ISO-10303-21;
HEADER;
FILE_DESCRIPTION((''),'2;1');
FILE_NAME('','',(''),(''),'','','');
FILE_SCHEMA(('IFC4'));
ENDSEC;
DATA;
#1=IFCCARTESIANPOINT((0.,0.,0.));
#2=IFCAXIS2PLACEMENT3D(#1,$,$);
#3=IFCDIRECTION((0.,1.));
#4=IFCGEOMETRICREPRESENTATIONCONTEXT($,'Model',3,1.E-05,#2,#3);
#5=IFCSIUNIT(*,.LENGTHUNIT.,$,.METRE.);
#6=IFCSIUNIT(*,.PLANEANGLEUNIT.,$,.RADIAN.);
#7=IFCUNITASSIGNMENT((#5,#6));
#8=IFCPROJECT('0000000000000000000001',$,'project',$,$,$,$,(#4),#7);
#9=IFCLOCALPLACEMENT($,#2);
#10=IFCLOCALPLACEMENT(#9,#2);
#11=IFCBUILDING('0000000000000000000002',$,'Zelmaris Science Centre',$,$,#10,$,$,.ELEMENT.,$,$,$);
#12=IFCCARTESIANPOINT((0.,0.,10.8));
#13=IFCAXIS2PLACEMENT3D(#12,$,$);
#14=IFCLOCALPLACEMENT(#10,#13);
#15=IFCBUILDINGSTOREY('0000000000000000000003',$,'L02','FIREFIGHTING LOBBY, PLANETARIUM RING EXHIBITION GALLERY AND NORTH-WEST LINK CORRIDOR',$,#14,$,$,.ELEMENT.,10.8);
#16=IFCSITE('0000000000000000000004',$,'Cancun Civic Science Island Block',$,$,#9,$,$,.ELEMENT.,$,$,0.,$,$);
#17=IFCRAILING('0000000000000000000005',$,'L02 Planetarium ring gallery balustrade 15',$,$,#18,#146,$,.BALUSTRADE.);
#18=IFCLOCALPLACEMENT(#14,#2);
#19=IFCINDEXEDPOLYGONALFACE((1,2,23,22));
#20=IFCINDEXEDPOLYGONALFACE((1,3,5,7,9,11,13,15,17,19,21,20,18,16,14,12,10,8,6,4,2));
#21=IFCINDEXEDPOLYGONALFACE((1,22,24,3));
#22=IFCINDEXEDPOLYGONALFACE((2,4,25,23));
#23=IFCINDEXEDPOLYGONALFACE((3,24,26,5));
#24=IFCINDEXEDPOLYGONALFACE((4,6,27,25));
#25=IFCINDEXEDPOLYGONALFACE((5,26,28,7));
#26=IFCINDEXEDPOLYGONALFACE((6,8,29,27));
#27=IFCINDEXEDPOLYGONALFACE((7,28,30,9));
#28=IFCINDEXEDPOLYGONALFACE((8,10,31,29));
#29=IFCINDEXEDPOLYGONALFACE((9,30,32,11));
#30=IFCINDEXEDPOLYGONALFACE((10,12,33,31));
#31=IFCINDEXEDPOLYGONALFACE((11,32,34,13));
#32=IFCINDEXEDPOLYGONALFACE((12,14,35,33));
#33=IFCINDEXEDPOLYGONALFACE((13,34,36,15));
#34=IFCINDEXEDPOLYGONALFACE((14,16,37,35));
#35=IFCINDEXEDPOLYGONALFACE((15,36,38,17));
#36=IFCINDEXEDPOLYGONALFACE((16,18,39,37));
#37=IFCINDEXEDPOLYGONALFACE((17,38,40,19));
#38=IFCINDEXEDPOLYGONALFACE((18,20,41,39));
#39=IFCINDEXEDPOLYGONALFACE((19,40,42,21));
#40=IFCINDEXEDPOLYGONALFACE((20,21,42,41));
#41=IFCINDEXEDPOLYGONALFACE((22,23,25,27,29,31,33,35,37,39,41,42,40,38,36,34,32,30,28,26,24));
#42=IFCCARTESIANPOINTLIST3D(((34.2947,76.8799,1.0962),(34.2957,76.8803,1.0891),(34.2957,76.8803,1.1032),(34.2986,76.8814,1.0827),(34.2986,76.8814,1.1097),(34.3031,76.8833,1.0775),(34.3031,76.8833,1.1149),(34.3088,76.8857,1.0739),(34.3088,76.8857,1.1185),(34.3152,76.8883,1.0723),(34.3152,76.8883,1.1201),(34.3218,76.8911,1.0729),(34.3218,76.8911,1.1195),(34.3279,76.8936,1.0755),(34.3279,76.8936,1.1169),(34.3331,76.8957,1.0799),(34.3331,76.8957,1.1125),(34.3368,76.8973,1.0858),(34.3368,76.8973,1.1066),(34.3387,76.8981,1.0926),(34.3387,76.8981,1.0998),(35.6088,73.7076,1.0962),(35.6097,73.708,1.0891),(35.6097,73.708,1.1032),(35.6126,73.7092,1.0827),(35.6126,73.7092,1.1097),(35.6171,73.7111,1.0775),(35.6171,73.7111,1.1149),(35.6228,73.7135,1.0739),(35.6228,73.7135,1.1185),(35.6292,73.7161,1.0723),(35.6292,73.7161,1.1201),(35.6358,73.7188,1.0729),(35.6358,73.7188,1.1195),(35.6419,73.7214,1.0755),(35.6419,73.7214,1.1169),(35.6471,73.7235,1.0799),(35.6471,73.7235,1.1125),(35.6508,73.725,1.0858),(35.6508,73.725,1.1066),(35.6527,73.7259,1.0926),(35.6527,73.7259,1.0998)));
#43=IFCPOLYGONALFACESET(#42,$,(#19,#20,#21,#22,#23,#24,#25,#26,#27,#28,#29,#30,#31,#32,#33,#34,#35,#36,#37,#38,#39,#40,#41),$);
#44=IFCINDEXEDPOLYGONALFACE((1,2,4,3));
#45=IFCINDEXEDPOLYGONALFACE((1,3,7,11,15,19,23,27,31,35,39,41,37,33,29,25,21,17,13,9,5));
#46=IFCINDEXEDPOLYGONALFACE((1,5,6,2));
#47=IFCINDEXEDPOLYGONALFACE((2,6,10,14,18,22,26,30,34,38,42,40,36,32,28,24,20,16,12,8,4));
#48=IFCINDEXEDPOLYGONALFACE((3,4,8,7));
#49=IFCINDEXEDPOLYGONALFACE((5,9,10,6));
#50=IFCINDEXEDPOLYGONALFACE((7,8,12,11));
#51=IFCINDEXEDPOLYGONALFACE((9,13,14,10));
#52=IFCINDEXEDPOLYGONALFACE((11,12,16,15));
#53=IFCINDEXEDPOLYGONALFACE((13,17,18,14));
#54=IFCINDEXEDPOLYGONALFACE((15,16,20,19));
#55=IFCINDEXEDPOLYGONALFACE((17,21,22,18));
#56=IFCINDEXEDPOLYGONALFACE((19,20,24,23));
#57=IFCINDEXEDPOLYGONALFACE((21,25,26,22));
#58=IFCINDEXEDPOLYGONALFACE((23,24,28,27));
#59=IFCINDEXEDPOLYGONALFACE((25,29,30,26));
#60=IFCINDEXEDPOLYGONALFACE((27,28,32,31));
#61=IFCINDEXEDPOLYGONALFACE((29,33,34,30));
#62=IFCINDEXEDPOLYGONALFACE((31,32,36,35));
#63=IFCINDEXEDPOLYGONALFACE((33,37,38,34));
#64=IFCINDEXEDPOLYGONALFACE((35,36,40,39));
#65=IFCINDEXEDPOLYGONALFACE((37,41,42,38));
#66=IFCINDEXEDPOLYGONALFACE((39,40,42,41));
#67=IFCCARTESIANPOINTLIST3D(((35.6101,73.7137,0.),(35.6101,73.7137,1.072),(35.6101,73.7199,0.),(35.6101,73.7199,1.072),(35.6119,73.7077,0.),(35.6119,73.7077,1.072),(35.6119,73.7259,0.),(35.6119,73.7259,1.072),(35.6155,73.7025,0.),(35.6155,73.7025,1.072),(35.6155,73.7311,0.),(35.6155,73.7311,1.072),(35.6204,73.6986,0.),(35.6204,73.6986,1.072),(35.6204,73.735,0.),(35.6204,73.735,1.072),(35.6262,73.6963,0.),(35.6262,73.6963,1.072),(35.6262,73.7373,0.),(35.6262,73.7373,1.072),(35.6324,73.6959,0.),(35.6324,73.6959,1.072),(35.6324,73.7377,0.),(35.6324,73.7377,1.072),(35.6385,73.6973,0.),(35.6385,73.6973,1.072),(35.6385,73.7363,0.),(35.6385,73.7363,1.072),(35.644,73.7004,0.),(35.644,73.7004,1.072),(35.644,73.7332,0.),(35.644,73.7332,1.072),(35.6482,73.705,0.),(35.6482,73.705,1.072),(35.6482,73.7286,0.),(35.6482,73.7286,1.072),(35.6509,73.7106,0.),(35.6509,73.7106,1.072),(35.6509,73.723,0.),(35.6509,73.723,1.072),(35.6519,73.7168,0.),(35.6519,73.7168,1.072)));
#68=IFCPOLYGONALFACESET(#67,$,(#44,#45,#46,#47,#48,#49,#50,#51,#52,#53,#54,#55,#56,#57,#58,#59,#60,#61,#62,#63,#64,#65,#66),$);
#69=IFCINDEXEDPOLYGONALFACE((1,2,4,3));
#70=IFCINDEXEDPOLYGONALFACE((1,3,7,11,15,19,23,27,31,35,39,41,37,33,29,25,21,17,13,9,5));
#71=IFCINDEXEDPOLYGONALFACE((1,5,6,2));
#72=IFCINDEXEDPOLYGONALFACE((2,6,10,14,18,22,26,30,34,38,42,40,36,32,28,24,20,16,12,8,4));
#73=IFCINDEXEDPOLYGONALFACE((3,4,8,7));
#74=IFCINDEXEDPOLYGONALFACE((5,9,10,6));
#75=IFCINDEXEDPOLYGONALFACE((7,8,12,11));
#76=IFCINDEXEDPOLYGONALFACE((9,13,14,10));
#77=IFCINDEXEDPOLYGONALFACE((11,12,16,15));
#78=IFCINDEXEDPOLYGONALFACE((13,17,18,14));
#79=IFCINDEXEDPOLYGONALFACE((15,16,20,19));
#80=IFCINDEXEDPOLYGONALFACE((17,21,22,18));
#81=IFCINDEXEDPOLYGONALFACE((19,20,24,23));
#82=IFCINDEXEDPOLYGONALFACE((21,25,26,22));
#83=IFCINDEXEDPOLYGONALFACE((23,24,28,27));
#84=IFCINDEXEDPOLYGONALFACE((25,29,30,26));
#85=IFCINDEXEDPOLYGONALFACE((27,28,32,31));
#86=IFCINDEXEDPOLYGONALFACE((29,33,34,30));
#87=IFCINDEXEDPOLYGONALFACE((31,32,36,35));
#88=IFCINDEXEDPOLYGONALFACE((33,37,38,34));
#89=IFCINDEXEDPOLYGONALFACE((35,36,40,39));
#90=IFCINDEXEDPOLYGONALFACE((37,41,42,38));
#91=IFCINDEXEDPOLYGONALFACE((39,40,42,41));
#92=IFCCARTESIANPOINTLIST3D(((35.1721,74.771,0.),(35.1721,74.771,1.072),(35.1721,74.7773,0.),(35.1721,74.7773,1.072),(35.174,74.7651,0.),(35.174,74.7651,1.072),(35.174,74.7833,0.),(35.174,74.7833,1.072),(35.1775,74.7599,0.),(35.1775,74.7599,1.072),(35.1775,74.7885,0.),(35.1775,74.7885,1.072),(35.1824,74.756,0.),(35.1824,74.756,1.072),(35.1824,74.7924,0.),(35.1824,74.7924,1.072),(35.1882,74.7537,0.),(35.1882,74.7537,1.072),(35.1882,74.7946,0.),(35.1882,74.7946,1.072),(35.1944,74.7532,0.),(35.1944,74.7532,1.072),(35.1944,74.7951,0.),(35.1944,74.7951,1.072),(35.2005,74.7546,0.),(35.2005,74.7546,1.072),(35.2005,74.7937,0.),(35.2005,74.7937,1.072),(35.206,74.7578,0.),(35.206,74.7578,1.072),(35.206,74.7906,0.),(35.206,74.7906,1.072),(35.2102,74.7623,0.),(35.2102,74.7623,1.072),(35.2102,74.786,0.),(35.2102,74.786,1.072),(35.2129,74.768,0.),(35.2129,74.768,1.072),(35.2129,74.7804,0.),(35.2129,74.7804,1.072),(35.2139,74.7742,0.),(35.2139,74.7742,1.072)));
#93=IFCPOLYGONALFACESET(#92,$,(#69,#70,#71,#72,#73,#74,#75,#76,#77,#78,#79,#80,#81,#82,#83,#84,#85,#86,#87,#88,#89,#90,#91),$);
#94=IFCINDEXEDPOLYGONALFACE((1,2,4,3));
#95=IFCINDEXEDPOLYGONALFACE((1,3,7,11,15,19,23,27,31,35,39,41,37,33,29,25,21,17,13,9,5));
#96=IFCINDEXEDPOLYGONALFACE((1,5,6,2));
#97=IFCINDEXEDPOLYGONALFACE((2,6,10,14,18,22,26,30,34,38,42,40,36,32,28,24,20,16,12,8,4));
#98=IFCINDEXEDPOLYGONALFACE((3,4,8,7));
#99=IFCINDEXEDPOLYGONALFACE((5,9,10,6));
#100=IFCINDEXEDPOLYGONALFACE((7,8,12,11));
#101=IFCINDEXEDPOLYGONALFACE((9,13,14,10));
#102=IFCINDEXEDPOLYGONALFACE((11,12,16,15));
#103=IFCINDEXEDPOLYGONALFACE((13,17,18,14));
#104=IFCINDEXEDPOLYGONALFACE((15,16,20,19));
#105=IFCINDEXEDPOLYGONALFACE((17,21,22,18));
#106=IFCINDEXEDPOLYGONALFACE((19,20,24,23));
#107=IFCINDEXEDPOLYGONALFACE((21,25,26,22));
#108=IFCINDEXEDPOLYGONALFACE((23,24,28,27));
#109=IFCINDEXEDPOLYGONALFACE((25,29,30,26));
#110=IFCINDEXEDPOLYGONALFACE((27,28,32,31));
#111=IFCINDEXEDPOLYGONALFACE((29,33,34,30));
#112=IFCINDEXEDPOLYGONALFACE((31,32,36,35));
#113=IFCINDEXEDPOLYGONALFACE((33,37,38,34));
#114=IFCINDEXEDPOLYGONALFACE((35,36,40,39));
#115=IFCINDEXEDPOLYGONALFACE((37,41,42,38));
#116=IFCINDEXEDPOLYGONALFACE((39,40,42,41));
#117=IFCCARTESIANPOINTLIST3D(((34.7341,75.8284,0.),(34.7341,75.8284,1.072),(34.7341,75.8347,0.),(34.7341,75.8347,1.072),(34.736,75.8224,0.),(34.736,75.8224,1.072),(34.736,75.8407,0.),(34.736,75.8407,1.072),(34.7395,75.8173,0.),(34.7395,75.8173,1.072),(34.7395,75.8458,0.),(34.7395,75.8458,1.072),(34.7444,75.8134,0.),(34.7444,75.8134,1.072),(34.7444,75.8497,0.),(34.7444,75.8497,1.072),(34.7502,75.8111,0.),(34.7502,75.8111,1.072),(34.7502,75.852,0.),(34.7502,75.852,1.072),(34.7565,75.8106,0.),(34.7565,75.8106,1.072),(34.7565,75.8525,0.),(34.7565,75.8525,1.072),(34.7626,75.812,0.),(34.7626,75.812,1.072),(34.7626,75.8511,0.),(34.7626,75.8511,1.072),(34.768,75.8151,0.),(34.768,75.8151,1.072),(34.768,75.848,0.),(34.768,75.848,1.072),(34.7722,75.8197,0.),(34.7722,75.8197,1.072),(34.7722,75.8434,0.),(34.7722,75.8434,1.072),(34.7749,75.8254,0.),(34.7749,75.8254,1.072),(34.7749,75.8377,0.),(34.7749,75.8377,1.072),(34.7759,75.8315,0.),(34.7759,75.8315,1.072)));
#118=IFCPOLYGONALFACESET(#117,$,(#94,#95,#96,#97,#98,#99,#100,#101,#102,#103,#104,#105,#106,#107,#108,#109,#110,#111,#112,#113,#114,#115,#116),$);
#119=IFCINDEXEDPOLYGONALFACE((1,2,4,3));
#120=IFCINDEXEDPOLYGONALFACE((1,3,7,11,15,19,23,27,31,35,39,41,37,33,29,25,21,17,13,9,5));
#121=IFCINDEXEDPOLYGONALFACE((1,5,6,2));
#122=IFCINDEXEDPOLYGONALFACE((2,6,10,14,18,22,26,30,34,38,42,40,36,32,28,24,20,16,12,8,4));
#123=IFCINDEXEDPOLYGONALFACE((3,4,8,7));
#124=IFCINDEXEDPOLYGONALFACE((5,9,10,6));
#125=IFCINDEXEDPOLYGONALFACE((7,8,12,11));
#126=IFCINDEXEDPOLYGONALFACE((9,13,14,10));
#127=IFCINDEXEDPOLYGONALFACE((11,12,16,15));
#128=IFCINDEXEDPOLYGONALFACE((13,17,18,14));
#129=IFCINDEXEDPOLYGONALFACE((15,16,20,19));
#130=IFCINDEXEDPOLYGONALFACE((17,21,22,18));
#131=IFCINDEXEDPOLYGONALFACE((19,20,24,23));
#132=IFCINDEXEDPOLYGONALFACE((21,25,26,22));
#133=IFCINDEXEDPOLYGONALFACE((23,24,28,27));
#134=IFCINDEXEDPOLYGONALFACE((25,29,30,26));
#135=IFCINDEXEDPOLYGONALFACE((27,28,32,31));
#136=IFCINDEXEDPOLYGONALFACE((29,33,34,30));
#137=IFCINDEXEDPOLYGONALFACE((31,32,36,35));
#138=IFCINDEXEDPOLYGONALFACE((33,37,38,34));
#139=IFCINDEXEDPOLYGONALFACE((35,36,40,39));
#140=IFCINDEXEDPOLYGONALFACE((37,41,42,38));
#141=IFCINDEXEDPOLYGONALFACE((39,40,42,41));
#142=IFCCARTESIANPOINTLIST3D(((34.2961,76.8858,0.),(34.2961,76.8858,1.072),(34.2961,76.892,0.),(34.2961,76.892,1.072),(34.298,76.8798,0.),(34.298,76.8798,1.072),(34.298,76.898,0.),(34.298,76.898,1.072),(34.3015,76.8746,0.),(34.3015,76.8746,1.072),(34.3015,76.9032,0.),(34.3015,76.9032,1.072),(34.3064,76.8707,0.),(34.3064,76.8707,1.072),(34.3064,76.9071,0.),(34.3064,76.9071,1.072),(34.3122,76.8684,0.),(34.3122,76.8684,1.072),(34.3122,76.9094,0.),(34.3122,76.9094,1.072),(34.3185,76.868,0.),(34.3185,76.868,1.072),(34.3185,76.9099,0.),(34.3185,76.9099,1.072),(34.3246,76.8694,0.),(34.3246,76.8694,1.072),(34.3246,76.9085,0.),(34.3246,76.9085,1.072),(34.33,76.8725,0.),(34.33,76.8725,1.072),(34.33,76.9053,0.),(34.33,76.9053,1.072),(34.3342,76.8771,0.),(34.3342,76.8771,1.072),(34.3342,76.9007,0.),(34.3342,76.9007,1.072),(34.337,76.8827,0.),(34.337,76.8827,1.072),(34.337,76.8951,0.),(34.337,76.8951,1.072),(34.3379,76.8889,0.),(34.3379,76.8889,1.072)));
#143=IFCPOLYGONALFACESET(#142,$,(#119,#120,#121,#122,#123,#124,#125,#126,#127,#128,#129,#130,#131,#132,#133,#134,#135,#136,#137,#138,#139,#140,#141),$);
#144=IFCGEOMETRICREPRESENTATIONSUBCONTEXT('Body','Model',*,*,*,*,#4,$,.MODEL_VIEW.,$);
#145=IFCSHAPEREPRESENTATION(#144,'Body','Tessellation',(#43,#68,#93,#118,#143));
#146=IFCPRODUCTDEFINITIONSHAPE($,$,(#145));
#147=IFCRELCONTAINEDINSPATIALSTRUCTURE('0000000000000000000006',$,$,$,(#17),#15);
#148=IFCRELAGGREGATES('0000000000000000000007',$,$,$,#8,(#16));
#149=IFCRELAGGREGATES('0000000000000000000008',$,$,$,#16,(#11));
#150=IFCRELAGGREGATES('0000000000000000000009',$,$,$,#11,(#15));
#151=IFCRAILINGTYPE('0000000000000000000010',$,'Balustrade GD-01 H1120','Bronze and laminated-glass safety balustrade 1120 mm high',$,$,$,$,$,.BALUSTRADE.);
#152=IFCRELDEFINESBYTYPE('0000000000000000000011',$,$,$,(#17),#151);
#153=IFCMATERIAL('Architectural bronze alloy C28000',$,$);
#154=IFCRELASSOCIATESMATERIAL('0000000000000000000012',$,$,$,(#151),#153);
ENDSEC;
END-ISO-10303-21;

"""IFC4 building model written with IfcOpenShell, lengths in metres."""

from ifc_helpers import new_model, si_unit, direction, frame, origin, origin_2d, place, context, subcontext, project, spatial, circle, extrude, material, type_object, element, save


model = new_model("IFC4")

# Units and contexts
model_context = context("Model", 3, precision=1e-05, world=origin(), true_north=direction((0.0, 1.0)))
body_context = subcontext(model_context, "Body", "Model", "MODEL_VIEW")
ifc_project = project(units=[si_unit("LENGTHUNIT", "METRE"), si_unit("PLANEANGLEUNIT", "RADIAN")], contexts=[model_context])

# Site, building, storey
site_placement = place(None, origin())
site = spatial("IfcSite", under=ifc_project, at=site_placement, Name="Cancun Civic Science Island Block", CompositionType="ELEMENT", RefElevation=0.0)
building_placement = place(site_placement, origin())
building = spatial("IfcBuilding", under=site, at=building_placement, Name="Zelmaris Science Centre", CompositionType="ELEMENT")
storey_placement = place(building_placement, frame((0.0, 0.0, 10.8)))
storey = spatial("IfcBuildingStorey", under=building, at=storey_placement, Name="L02", Description="FIREFIGHTING LOBBY, PLANETARIUM RING EXHIBITION GALLERY AND NORTH-WEST LINK CORRIDOR", CompositionType="ELEMENT", Elevation=10.8)

# Railing
ifc_material_1 = material(Name="Architectural bronze alloy C28000")
railing_type = type_object("IfcRailingType", Name="Balustrade GD-01 H1120", Description="Bronze and laminated-glass safety balustrade 1120 mm high", PredefinedType="BALUSTRADE", material=ifc_material_1)
railing_1_placement = place(storey_placement, frame((35.6309, 73.7168, 0.0)))
element("IfcRailing", 1, at=railing_1_placement, inside=storey, type_object=railing_type, Name="L02 Planetarium ring gallery balustrade 15", PredefinedType="BALUSTRADE", context=body_context, shape_type="SweptSolid", body=[
    extrude(circle(Radius=0.0239, at=origin_2d()), frame((0.0, 0.0, 1.0962), z_axis=(-0.382691, 0.923876, 0.0), x_axis=(-0.923876, -0.382691, 0.0)), (0.0, 0.0, 1.0), 3.4336),
    extrude(circle(Radius=0.021, at=origin_2d()), origin(), (0.0, 0.0, 1.0), 1.072),
    extrude(circle(Radius=0.021, at=origin_2d()), frame((-0.438, 1.0574, 0.0)), (0.0, 0.0, 1.0), 1.072),
    extrude(circle(Radius=0.021, at=origin_2d()), frame((-0.876, 2.1147, 0.0)), (0.0, 0.0, 1.0), 1.072),
    extrude(circle(Radius=0.021, at=origin_2d()), frame((-1.314, 3.1721, 0.0)), (0.0, 0.0, 1.0), 1.072),
])

save(model, "model.ifc")
